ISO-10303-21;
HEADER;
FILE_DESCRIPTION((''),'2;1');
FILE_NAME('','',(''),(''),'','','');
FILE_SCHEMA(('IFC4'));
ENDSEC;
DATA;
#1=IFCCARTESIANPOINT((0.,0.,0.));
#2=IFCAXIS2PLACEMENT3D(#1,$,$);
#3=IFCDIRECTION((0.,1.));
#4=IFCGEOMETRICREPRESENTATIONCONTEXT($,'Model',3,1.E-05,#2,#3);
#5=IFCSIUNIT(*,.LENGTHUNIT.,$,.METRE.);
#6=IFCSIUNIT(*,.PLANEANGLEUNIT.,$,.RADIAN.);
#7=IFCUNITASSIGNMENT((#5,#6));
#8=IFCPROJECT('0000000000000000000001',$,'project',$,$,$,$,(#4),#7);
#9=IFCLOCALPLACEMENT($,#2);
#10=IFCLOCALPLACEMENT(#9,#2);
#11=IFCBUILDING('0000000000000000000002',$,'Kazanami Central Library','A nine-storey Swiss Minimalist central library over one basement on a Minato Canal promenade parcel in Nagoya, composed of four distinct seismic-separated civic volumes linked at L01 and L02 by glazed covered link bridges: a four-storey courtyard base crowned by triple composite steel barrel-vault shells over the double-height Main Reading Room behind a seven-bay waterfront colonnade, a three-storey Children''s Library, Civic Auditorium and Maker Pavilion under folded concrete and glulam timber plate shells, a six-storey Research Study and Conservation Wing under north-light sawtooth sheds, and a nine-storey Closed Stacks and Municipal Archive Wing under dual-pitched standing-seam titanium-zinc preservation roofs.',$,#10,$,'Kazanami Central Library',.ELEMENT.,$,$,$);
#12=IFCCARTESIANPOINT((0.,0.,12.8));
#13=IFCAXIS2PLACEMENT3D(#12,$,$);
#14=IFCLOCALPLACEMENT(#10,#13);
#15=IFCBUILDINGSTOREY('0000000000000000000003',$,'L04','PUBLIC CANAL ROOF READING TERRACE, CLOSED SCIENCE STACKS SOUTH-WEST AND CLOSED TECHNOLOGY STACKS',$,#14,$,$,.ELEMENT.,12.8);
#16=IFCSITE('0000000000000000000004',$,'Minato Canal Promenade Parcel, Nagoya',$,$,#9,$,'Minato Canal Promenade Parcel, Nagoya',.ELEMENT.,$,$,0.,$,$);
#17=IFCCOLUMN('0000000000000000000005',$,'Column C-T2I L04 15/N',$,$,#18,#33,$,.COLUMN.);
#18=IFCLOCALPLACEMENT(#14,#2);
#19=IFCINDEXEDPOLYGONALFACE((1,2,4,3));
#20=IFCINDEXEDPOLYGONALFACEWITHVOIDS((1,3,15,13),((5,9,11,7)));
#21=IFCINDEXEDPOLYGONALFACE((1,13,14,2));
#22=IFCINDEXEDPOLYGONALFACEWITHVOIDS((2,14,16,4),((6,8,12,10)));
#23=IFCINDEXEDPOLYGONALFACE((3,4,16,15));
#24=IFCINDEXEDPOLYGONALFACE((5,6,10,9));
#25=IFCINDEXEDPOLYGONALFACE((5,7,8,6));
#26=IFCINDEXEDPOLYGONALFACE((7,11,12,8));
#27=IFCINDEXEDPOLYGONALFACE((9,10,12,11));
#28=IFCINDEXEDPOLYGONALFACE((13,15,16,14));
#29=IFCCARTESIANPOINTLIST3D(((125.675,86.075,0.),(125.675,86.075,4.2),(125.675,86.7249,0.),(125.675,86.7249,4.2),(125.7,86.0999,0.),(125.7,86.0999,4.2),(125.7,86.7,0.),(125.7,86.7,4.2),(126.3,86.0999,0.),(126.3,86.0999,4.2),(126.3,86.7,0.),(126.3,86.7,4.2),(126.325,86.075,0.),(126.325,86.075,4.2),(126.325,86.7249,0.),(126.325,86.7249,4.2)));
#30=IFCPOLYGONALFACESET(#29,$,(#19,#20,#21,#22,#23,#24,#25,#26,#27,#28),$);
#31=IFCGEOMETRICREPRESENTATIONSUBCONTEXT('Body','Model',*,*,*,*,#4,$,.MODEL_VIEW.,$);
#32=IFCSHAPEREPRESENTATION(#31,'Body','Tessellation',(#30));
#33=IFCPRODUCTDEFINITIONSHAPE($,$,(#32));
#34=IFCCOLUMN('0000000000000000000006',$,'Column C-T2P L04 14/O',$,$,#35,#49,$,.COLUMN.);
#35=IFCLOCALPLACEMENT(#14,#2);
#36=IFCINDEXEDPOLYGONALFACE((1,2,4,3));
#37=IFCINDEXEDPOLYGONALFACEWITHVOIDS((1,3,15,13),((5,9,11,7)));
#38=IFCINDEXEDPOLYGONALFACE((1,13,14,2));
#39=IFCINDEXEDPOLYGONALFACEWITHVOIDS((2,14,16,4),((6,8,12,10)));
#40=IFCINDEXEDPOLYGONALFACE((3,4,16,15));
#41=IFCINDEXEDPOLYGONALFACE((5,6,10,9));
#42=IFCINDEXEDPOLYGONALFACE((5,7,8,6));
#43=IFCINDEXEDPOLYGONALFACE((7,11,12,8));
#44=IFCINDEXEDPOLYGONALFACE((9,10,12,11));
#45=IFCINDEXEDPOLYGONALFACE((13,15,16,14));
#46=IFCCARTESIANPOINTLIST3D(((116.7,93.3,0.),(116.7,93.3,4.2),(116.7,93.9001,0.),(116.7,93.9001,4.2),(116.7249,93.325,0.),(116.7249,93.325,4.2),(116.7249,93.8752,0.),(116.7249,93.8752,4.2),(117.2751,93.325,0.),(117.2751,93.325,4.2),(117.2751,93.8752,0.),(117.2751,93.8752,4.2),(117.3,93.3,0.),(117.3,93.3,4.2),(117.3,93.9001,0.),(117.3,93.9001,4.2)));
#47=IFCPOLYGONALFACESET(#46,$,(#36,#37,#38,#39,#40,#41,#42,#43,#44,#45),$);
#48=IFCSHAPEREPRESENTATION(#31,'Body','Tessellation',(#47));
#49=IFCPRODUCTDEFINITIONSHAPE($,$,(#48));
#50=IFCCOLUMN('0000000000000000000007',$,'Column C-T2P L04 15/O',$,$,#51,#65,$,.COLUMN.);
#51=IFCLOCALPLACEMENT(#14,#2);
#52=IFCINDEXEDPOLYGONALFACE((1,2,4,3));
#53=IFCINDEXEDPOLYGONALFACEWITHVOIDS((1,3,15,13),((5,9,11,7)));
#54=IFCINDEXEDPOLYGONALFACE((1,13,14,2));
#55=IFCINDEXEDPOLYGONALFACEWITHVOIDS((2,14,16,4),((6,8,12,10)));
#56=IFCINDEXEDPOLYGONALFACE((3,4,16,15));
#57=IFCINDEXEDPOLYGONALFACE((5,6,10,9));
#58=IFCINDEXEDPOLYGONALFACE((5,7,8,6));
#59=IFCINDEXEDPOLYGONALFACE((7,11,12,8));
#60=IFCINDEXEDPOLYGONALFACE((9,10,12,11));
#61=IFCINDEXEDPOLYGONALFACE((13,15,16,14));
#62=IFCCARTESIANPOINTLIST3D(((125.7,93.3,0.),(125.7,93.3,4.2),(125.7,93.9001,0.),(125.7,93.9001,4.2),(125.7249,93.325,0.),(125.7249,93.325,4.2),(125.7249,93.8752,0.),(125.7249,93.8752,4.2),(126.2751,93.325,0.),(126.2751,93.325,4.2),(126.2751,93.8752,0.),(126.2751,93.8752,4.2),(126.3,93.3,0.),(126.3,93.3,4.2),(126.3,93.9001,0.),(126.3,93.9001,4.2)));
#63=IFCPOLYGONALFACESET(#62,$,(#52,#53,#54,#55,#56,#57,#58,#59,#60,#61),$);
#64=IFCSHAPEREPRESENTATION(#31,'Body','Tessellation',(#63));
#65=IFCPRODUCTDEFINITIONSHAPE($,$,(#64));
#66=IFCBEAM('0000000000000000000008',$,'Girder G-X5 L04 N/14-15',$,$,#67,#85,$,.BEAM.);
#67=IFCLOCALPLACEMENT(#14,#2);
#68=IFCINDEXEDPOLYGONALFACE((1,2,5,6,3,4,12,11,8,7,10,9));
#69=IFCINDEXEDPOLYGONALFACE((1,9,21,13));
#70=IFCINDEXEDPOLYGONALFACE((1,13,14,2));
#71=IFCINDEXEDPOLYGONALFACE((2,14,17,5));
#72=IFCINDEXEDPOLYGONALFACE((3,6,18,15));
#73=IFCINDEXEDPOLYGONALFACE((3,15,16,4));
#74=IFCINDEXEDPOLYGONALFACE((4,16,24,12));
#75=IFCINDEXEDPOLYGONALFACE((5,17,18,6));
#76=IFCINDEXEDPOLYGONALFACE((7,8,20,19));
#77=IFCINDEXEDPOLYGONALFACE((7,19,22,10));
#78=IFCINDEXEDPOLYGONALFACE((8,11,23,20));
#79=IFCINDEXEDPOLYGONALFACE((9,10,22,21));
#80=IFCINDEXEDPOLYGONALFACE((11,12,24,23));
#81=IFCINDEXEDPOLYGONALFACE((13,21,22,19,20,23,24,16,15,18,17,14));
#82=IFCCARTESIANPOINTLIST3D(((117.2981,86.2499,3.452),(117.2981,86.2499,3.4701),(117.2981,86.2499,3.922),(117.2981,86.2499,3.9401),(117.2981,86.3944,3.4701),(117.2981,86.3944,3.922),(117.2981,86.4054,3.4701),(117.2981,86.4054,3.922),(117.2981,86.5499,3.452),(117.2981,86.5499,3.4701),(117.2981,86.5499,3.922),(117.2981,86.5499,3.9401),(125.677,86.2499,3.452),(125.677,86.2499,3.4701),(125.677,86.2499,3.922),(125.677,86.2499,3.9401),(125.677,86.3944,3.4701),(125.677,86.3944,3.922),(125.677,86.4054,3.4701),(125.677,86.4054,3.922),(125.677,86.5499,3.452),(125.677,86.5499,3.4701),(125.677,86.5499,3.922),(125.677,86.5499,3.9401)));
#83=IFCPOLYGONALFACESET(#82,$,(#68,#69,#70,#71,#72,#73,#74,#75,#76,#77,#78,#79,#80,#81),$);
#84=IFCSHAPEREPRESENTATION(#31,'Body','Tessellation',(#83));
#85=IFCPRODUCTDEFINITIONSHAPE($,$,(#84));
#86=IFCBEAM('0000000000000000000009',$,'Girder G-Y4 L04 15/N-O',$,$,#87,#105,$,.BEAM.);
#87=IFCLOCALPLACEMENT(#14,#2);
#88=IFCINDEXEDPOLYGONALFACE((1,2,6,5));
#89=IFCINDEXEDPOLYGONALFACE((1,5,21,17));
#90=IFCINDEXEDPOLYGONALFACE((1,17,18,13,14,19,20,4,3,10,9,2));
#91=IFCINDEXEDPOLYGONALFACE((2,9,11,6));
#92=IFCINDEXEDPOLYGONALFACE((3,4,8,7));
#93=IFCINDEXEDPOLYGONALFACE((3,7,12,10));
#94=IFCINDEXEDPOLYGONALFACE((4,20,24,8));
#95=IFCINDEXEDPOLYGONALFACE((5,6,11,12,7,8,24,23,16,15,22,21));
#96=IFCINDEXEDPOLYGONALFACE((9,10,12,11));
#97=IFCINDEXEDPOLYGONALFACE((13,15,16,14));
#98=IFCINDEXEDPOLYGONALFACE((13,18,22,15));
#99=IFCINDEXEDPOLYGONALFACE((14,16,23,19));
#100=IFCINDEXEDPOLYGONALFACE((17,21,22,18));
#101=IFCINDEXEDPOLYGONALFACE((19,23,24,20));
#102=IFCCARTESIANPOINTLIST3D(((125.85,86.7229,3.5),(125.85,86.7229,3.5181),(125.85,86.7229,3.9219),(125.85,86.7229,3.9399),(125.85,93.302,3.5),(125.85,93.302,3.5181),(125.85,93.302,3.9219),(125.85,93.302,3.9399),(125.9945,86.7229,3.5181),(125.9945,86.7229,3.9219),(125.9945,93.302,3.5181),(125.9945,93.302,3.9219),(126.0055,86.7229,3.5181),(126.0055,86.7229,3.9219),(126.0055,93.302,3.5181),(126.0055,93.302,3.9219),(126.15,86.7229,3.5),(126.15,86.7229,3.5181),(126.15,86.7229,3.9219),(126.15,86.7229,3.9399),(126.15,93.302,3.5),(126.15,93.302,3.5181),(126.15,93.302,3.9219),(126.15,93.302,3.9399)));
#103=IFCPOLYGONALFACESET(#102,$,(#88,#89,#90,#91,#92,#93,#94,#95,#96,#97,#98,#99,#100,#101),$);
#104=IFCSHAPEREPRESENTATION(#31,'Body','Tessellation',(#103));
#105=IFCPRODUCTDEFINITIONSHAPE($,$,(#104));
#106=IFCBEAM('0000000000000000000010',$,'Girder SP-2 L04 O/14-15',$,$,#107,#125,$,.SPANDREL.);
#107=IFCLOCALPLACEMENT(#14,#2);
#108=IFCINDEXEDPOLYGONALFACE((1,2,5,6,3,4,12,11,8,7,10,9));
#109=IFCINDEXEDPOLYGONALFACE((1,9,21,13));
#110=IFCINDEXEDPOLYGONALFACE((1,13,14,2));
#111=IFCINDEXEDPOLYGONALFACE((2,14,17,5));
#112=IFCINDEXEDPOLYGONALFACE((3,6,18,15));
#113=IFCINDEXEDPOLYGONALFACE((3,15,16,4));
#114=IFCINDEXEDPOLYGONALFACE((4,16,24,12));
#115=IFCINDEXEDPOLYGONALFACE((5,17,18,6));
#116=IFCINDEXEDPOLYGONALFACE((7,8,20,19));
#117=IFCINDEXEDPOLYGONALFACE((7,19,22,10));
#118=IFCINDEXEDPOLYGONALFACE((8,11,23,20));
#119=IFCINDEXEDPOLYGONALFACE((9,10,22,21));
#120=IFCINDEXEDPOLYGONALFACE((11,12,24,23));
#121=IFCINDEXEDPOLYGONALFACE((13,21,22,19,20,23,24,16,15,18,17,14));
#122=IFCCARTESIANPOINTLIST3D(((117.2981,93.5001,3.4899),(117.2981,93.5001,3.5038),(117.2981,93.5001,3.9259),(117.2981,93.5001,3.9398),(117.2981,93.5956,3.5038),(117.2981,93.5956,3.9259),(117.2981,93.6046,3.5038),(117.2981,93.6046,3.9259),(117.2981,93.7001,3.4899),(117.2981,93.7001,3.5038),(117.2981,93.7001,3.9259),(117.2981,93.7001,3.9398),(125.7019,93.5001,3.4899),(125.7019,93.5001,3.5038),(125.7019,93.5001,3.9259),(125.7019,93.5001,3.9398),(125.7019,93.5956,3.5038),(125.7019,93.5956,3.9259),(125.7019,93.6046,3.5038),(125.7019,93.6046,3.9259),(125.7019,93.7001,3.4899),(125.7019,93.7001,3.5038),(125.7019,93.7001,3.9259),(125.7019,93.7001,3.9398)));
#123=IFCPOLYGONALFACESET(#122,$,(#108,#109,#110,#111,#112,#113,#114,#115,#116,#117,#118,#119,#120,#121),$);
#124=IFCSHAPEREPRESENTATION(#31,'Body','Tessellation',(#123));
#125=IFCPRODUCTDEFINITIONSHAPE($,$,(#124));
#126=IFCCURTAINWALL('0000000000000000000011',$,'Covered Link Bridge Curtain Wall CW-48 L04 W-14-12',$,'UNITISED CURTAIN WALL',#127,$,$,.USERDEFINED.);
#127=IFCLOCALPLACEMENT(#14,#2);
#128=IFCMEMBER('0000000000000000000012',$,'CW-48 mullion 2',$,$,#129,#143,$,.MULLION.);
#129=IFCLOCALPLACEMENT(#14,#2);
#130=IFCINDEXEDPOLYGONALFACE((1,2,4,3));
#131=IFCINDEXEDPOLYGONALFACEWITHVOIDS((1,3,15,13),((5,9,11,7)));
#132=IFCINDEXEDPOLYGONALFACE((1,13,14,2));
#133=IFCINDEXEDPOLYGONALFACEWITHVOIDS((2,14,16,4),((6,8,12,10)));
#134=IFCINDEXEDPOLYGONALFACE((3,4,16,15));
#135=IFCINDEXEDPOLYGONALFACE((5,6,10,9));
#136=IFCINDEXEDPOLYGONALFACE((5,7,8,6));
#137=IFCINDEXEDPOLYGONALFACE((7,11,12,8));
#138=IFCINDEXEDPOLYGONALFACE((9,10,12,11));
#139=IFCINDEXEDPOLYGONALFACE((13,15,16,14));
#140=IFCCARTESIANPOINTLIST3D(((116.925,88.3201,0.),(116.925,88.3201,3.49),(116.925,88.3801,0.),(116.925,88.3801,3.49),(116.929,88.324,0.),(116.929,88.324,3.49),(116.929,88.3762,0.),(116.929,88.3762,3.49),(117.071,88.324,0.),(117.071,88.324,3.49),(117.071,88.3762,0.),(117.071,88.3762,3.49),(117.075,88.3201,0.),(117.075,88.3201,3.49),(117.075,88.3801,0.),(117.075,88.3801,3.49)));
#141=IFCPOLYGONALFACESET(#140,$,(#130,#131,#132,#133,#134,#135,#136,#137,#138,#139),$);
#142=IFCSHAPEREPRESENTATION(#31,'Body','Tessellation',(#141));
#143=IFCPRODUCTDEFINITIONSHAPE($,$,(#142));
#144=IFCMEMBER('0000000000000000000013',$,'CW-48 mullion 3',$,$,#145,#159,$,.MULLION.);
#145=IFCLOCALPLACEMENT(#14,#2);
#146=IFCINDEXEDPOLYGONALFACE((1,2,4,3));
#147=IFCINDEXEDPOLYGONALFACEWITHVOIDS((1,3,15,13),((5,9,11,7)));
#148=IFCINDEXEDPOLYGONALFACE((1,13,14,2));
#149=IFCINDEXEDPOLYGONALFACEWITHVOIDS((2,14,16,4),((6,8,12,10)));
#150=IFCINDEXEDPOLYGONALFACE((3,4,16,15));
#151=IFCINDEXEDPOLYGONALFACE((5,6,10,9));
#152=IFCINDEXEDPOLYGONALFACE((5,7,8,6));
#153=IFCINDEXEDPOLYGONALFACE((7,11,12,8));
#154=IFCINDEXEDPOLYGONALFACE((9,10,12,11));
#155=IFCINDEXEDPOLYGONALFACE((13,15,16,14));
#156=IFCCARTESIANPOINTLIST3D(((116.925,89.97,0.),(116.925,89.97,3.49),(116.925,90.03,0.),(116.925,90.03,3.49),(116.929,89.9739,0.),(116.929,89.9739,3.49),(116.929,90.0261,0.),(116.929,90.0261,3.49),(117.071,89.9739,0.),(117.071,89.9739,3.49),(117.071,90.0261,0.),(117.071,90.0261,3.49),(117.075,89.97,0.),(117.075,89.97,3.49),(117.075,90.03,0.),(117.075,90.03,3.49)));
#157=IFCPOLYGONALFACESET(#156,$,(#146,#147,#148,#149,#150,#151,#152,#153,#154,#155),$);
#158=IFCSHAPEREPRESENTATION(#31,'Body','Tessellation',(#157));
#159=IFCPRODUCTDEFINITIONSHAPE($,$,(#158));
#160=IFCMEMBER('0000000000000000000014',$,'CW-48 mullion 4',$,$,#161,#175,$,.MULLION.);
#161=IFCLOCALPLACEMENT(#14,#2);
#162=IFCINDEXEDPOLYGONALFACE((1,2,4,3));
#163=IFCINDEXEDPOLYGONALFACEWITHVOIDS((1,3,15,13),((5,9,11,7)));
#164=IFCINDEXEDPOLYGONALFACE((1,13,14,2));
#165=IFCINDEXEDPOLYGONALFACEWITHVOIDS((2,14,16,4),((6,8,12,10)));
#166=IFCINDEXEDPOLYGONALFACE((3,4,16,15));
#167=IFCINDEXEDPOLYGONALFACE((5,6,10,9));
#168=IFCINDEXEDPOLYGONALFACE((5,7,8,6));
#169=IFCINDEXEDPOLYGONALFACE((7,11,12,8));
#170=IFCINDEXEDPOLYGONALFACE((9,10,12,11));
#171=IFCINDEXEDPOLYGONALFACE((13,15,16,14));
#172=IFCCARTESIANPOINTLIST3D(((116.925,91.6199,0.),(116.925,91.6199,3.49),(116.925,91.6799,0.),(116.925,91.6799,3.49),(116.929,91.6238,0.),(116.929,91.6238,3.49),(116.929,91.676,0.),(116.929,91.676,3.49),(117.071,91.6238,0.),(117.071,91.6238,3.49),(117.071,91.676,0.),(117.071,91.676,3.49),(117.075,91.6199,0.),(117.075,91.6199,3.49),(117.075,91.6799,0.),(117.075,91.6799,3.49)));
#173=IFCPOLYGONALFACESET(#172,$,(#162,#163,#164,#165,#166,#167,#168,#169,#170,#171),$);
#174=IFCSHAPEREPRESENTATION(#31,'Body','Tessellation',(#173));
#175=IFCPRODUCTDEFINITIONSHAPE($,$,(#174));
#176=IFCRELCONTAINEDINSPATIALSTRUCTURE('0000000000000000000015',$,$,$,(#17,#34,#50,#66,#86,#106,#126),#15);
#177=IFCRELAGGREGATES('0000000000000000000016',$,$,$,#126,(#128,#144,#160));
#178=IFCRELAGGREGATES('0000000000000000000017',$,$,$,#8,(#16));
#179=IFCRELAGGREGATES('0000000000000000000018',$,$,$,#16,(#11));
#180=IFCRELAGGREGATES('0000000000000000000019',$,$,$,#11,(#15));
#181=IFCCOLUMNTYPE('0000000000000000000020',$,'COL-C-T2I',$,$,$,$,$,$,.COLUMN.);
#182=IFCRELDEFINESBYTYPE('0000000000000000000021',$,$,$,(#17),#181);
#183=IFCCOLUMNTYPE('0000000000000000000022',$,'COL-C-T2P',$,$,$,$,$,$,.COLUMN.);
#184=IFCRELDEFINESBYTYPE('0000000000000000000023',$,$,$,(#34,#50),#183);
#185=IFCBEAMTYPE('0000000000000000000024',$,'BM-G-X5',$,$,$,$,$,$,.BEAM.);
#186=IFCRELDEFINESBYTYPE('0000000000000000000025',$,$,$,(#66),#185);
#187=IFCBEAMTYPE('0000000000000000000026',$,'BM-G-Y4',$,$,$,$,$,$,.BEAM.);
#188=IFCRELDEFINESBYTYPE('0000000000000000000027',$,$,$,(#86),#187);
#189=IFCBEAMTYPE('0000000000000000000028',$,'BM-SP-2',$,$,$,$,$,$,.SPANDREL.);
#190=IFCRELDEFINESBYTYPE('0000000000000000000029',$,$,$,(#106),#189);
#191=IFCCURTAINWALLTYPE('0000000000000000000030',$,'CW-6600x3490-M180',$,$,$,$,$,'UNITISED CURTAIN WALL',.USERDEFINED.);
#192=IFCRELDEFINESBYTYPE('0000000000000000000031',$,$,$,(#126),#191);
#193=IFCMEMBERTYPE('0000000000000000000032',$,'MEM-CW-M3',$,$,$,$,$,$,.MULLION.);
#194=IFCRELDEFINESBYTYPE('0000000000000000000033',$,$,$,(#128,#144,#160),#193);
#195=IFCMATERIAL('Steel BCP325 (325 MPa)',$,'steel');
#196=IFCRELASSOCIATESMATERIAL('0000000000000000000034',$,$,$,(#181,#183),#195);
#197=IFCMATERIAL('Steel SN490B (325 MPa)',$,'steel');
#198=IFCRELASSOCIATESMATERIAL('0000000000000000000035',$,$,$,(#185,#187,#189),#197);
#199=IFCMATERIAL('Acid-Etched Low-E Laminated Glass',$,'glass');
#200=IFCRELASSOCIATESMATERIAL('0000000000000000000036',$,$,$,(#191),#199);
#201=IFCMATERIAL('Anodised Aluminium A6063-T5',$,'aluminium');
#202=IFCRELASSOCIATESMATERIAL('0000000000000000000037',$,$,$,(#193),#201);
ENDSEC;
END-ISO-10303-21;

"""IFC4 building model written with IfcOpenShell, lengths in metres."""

from ifc_helpers import new_model, si_unit, direction, frame, origin, origin_2d, place, context, subcontext, project, spatial, hollow_rectangle, i_section, extrude, material, material_profile, profile_set, type_object, element, aggregate, save


model = new_model("IFC4")

# Units and contexts
model_context = context("Model", 3, precision=1e-05, world=origin(), true_north=direction((0.0, 1.0)))
body_context = subcontext(model_context, "Body", "Model", "MODEL_VIEW")
ifc_project = project(units=[si_unit("LENGTHUNIT", "METRE"), si_unit("PLANEANGLEUNIT", "RADIAN")], contexts=[model_context])

# Site, building, storey
site_placement = place(None, origin())
site = spatial("IfcSite", under=ifc_project, at=site_placement, Name="Minato Canal Promenade Parcel, Nagoya", LongName="Minato Canal Promenade Parcel, Nagoya", CompositionType="ELEMENT", RefElevation=0.0)
building_placement = place(site_placement, origin())
building = spatial("IfcBuilding", under=site, at=building_placement, Name="Kazanami Central Library", Description="A nine-storey Swiss Minimalist central library over one basement on a Minato Canal promenade parcel in Nagoya, composed of four distinct seismic-separated civic volumes linked at L01 and L02 by glazed covered link bridges: a four-storey courtyard base crowned by triple composite steel barrel-vault shells over the double-height Main Reading Room behind a seven-bay waterfront colonnade, a three-storey Children's Library, Civic Auditorium and Maker Pavilion under folded concrete and glulam timber plate shells, a six-storey Research Study and Conservation Wing under north-light sawtooth sheds, and a nine-storey Closed Stacks and Municipal Archive Wing under dual-pitched standing-seam titanium-zinc preservation roofs.", LongName="Kazanami Central Library", CompositionType="ELEMENT")
storey_placement = place(building_placement, frame((0.0, 0.0, 12.8)))
storey = spatial("IfcBuildingStorey", under=building, at=storey_placement, Name="L04", Description="PUBLIC CANAL ROOF READING TERRACE, CLOSED SCIENCE STACKS SOUTH-WEST AND CLOSED TECHNOLOGY STACKS", CompositionType="ELEMENT", Elevation=12.8)

# Columns
ifc_material_1 = material(Name="Steel BCP325 (325 MPa)", Category="steel")
ifc_material_profile_1 = material_profile(ifc_material_1, hollow_rectangle(XDim=0.6499, YDim=0.6499, WallThickness=0.0249, at=origin_2d()), Name="BCP-650x650x25")
ifc_profile_set_1 = profile_set([ifc_material_profile_1], Name="Steel BCP325 (325 MPa)")
column_type_1 = type_object("IfcColumnType", Name="COL-C-T2I", PredefinedType="COLUMN", material=ifc_profile_set_1)
column_placement = place(storey_placement, frame((126.0, 86.3999, 0.0), z_axis=(0.0, 0.0, 1.0), x_axis=(1.0, 0.0, 0.0)))
element("IfcColumn", 1, at=column_placement, inside=storey, type_object=column_type_1, Name="Column C-T2I L04 15/N", PredefinedType="COLUMN", context=body_context, shape_type="SweptSolid", body=[
    extrude(hollow_rectangle(XDim=0.6499, YDim=0.6499, WallThickness=0.0249, at=origin_2d()), origin(), (0.0, 0.0, 1.0), 4.2),
])
ifc_material_profile_2 = material_profile(ifc_material_1, hollow_rectangle(XDim=0.6001, YDim=0.6001, WallThickness=0.0249, at=origin_2d()), Name="BCP-600x600x25")
ifc_profile_set_2 = profile_set([ifc_material_profile_2], Name="Steel BCP325 (325 MPa)")
column_type_2 = type_object("IfcColumnType", Name="COL-C-T2P", PredefinedType="COLUMN", material=ifc_profile_set_2)
for number, where, z_axis, x_axis, name in (
    (2, (117.0, 93.6001, 0.0), (0.0, 0.0, 1.0), (1.0, 0.0, 0.0), "Column C-T2P L04 14/O"),
    (3, (126.0, 93.6001, 0.0), (0.0, 0.0, 1.0), (1.0, 0.0, 0.0), "Column C-T2P L04 15/O"),
):
    element("IfcColumn", number, at=place(storey_placement, frame(where, z_axis=z_axis, x_axis=x_axis)), inside=storey, type_object=column_type_2, Name=name, PredefinedType="COLUMN", context=body_context, shape_type="SweptSolid", body=[
        extrude(hollow_rectangle(XDim=0.6001, YDim=0.6001, WallThickness=0.0249, at=origin_2d()), origin(), (0.0, 0.0, 1.0), 4.2),
    ])

# Beams
ifc_material_2 = material(Name="Steel SN490B (325 MPa)", Category="steel")
ifc_material_profile_3 = material_profile(ifc_material_2, i_section(OverallWidth=0.3, OverallDepth=0.488, WebThickness=0.011, FlangeThickness=0.0181, at=origin_2d()), Name="H-488x300x11x18")
ifc_profile_set_3 = profile_set([ifc_material_profile_3], Name="Steel SN490B (325 MPa)")
beam_type_1 = type_object("IfcBeamType", Name="BM-G-X5", PredefinedType="BEAM", material=ifc_profile_set_3)
beam_1_placement = place(storey_placement, frame((117.2981, 86.3999, 3.696), z_axis=(1.0, 0.0, 0.0), x_axis=(0.0, 1.0, 0.0)))
element("IfcBeam", 4, at=beam_1_placement, inside=storey, type_object=beam_type_1, Name="Girder G-X5 L04 N/14-15", PredefinedType="BEAM", context=body_context, shape_type="SweptSolid", body=[
    extrude(i_section(OverallWidth=0.3, OverallDepth=0.488, WebThickness=0.011, FlangeThickness=0.0181, at=origin_2d()), origin(), (0.0, 0.0, 1.0), 8.3789),
])
ifc_material_profile_4 = material_profile(ifc_material_2, i_section(OverallWidth=0.3, OverallDepth=0.4399, WebThickness=0.011, FlangeThickness=0.0181, at=origin_2d()), Name="H-440x300x11x18")
ifc_profile_set_4 = profile_set([ifc_material_profile_4], Name="Steel SN490B (325 MPa)")
beam_type_2 = type_object("IfcBeamType", Name="BM-G-Y4", PredefinedType="BEAM", material=ifc_profile_set_4)
beam_2_placement = place(storey_placement, frame((126.0, 86.7229, 3.72), z_axis=(0.0, 1.0, 0.0), x_axis=(-1.0, 0.0, 0.0)))
element("IfcBeam", 5, at=beam_2_placement, inside=storey, type_object=beam_type_2, Name="Girder G-Y4 L04 15/N-O", PredefinedType="BEAM", context=body_context, shape_type="SweptSolid", body=[
    extrude(i_section(OverallWidth=0.3, OverallDepth=0.4399, WebThickness=0.011, FlangeThickness=0.0181, at=origin_2d()), origin(), (0.0, 0.0, 1.0), 6.5791),
])
ifc_material_profile_5 = material_profile(ifc_material_2, i_section(OverallWidth=0.2, OverallDepth=0.45, WebThickness=0.009, FlangeThickness=0.0139, at=origin_2d()), Name="H-450x200x9x14")
ifc_profile_set_5 = profile_set([ifc_material_profile_5], Name="Steel SN490B (325 MPa)")
beam_type_3 = type_object("IfcBeamType", Name="BM-SP-2", PredefinedType="SPANDREL", material=ifc_profile_set_5)
beam_3_placement = place(storey_placement, frame((117.2981, 93.6001, 3.7148), z_axis=(1.0, 0.0, 0.0), x_axis=(0.0, 1.0, 0.0)))
element("IfcBeam", 6, at=beam_3_placement, inside=storey, type_object=beam_type_3, Name="Girder SP-2 L04 O/14-15", PredefinedType="SPANDREL", context=body_context, shape_type="SweptSolid", body=[
    extrude(i_section(OverallWidth=0.2, OverallDepth=0.45, WebThickness=0.009, FlangeThickness=0.0139, at=origin_2d()), origin(), (0.0, 0.0, 1.0), 8.4038),
])

# Curtain wall, members
ifc_material_3 = material(Name="Acid-Etched Low-E Laminated Glass", Category="glass")
curtain_wall_type = type_object("IfcCurtainWallType", Name="CW-6600x3490-M180", ElementType="UNITISED CURTAIN WALL", PredefinedType="USERDEFINED", material=ifc_material_3)
curtain_wall_placement = place(storey_placement, origin())
curtain_wall = element("IfcCurtainWall", 7, at=curtain_wall_placement, inside=storey, type_object=curtain_wall_type, Name="Covered Link Bridge Curtain Wall CW-48 L04 W-14-12", ObjectType="UNITISED CURTAIN WALL", PredefinedType="USERDEFINED")
ifc_material_4 = material(Name="Anodised Aluminium A6063-T5", Category="aluminium")
ifc_material_profile_6 = material_profile(ifc_material_4, hollow_rectangle(XDim=0.0601, YDim=0.1499, WallThickness=0.0039, at=origin_2d()), Name="ALU-MULL-60x150x4")
ifc_profile_set_6 = profile_set([ifc_material_profile_6], Name="Anodised Aluminium A6063-T5")
member_type_1 = type_object("IfcMemberType", Name="MEM-CW-M3", PredefinedType="MULLION", material=ifc_profile_set_6)
member_1_placement = place(storey_placement, frame((117.0, 88.3501, 0.0), z_axis=(0.0, 0.0, 1.0), x_axis=(0.0, 1.0, 0.0)))
member_1 = element("IfcMember", 8, at=member_1_placement, type_object=member_type_1, Name="CW-48 mullion 2", PredefinedType="MULLION", context=body_context, shape_type="SweptSolid", body=[
    extrude(hollow_rectangle(XDim=0.0601, YDim=0.1499, WallThickness=0.0039, at=origin_2d()), origin(), (0.0, 0.0, 1.0), 3.49),
])
member_2_placement = place(storey_placement, frame((117.0, 90.0, 0.0), z_axis=(0.0, 0.0, 1.0), x_axis=(0.0, 1.0, 0.0)))
member_2 = element("IfcMember", 9, at=member_2_placement, type_object=member_type_1, Name="CW-48 mullion 3", PredefinedType="MULLION", context=body_context, shape_type="SweptSolid", body=[
    extrude(hollow_rectangle(XDim=0.0601, YDim=0.1499, WallThickness=0.0039, at=origin_2d()), origin(), (0.0, 0.0, 1.0), 3.49),
])
member_3_placement = place(storey_placement, frame((117.0, 91.6499, 0.0), z_axis=(0.0, 0.0, 1.0), x_axis=(0.0, 1.0, 0.0)))
member_3 = element("IfcMember", 10, at=member_3_placement, type_object=member_type_1, Name="CW-48 mullion 4", PredefinedType="MULLION", context=body_context, shape_type="SweptSolid", body=[
    extrude(hollow_rectangle(XDim=0.0601, YDim=0.1499, WallThickness=0.0039, at=origin_2d()), origin(), (0.0, 0.0, 1.0), 3.49),
])
aggregate(curtain_wall, [member_1, member_2, member_3])

save(model, "model.ifc")
